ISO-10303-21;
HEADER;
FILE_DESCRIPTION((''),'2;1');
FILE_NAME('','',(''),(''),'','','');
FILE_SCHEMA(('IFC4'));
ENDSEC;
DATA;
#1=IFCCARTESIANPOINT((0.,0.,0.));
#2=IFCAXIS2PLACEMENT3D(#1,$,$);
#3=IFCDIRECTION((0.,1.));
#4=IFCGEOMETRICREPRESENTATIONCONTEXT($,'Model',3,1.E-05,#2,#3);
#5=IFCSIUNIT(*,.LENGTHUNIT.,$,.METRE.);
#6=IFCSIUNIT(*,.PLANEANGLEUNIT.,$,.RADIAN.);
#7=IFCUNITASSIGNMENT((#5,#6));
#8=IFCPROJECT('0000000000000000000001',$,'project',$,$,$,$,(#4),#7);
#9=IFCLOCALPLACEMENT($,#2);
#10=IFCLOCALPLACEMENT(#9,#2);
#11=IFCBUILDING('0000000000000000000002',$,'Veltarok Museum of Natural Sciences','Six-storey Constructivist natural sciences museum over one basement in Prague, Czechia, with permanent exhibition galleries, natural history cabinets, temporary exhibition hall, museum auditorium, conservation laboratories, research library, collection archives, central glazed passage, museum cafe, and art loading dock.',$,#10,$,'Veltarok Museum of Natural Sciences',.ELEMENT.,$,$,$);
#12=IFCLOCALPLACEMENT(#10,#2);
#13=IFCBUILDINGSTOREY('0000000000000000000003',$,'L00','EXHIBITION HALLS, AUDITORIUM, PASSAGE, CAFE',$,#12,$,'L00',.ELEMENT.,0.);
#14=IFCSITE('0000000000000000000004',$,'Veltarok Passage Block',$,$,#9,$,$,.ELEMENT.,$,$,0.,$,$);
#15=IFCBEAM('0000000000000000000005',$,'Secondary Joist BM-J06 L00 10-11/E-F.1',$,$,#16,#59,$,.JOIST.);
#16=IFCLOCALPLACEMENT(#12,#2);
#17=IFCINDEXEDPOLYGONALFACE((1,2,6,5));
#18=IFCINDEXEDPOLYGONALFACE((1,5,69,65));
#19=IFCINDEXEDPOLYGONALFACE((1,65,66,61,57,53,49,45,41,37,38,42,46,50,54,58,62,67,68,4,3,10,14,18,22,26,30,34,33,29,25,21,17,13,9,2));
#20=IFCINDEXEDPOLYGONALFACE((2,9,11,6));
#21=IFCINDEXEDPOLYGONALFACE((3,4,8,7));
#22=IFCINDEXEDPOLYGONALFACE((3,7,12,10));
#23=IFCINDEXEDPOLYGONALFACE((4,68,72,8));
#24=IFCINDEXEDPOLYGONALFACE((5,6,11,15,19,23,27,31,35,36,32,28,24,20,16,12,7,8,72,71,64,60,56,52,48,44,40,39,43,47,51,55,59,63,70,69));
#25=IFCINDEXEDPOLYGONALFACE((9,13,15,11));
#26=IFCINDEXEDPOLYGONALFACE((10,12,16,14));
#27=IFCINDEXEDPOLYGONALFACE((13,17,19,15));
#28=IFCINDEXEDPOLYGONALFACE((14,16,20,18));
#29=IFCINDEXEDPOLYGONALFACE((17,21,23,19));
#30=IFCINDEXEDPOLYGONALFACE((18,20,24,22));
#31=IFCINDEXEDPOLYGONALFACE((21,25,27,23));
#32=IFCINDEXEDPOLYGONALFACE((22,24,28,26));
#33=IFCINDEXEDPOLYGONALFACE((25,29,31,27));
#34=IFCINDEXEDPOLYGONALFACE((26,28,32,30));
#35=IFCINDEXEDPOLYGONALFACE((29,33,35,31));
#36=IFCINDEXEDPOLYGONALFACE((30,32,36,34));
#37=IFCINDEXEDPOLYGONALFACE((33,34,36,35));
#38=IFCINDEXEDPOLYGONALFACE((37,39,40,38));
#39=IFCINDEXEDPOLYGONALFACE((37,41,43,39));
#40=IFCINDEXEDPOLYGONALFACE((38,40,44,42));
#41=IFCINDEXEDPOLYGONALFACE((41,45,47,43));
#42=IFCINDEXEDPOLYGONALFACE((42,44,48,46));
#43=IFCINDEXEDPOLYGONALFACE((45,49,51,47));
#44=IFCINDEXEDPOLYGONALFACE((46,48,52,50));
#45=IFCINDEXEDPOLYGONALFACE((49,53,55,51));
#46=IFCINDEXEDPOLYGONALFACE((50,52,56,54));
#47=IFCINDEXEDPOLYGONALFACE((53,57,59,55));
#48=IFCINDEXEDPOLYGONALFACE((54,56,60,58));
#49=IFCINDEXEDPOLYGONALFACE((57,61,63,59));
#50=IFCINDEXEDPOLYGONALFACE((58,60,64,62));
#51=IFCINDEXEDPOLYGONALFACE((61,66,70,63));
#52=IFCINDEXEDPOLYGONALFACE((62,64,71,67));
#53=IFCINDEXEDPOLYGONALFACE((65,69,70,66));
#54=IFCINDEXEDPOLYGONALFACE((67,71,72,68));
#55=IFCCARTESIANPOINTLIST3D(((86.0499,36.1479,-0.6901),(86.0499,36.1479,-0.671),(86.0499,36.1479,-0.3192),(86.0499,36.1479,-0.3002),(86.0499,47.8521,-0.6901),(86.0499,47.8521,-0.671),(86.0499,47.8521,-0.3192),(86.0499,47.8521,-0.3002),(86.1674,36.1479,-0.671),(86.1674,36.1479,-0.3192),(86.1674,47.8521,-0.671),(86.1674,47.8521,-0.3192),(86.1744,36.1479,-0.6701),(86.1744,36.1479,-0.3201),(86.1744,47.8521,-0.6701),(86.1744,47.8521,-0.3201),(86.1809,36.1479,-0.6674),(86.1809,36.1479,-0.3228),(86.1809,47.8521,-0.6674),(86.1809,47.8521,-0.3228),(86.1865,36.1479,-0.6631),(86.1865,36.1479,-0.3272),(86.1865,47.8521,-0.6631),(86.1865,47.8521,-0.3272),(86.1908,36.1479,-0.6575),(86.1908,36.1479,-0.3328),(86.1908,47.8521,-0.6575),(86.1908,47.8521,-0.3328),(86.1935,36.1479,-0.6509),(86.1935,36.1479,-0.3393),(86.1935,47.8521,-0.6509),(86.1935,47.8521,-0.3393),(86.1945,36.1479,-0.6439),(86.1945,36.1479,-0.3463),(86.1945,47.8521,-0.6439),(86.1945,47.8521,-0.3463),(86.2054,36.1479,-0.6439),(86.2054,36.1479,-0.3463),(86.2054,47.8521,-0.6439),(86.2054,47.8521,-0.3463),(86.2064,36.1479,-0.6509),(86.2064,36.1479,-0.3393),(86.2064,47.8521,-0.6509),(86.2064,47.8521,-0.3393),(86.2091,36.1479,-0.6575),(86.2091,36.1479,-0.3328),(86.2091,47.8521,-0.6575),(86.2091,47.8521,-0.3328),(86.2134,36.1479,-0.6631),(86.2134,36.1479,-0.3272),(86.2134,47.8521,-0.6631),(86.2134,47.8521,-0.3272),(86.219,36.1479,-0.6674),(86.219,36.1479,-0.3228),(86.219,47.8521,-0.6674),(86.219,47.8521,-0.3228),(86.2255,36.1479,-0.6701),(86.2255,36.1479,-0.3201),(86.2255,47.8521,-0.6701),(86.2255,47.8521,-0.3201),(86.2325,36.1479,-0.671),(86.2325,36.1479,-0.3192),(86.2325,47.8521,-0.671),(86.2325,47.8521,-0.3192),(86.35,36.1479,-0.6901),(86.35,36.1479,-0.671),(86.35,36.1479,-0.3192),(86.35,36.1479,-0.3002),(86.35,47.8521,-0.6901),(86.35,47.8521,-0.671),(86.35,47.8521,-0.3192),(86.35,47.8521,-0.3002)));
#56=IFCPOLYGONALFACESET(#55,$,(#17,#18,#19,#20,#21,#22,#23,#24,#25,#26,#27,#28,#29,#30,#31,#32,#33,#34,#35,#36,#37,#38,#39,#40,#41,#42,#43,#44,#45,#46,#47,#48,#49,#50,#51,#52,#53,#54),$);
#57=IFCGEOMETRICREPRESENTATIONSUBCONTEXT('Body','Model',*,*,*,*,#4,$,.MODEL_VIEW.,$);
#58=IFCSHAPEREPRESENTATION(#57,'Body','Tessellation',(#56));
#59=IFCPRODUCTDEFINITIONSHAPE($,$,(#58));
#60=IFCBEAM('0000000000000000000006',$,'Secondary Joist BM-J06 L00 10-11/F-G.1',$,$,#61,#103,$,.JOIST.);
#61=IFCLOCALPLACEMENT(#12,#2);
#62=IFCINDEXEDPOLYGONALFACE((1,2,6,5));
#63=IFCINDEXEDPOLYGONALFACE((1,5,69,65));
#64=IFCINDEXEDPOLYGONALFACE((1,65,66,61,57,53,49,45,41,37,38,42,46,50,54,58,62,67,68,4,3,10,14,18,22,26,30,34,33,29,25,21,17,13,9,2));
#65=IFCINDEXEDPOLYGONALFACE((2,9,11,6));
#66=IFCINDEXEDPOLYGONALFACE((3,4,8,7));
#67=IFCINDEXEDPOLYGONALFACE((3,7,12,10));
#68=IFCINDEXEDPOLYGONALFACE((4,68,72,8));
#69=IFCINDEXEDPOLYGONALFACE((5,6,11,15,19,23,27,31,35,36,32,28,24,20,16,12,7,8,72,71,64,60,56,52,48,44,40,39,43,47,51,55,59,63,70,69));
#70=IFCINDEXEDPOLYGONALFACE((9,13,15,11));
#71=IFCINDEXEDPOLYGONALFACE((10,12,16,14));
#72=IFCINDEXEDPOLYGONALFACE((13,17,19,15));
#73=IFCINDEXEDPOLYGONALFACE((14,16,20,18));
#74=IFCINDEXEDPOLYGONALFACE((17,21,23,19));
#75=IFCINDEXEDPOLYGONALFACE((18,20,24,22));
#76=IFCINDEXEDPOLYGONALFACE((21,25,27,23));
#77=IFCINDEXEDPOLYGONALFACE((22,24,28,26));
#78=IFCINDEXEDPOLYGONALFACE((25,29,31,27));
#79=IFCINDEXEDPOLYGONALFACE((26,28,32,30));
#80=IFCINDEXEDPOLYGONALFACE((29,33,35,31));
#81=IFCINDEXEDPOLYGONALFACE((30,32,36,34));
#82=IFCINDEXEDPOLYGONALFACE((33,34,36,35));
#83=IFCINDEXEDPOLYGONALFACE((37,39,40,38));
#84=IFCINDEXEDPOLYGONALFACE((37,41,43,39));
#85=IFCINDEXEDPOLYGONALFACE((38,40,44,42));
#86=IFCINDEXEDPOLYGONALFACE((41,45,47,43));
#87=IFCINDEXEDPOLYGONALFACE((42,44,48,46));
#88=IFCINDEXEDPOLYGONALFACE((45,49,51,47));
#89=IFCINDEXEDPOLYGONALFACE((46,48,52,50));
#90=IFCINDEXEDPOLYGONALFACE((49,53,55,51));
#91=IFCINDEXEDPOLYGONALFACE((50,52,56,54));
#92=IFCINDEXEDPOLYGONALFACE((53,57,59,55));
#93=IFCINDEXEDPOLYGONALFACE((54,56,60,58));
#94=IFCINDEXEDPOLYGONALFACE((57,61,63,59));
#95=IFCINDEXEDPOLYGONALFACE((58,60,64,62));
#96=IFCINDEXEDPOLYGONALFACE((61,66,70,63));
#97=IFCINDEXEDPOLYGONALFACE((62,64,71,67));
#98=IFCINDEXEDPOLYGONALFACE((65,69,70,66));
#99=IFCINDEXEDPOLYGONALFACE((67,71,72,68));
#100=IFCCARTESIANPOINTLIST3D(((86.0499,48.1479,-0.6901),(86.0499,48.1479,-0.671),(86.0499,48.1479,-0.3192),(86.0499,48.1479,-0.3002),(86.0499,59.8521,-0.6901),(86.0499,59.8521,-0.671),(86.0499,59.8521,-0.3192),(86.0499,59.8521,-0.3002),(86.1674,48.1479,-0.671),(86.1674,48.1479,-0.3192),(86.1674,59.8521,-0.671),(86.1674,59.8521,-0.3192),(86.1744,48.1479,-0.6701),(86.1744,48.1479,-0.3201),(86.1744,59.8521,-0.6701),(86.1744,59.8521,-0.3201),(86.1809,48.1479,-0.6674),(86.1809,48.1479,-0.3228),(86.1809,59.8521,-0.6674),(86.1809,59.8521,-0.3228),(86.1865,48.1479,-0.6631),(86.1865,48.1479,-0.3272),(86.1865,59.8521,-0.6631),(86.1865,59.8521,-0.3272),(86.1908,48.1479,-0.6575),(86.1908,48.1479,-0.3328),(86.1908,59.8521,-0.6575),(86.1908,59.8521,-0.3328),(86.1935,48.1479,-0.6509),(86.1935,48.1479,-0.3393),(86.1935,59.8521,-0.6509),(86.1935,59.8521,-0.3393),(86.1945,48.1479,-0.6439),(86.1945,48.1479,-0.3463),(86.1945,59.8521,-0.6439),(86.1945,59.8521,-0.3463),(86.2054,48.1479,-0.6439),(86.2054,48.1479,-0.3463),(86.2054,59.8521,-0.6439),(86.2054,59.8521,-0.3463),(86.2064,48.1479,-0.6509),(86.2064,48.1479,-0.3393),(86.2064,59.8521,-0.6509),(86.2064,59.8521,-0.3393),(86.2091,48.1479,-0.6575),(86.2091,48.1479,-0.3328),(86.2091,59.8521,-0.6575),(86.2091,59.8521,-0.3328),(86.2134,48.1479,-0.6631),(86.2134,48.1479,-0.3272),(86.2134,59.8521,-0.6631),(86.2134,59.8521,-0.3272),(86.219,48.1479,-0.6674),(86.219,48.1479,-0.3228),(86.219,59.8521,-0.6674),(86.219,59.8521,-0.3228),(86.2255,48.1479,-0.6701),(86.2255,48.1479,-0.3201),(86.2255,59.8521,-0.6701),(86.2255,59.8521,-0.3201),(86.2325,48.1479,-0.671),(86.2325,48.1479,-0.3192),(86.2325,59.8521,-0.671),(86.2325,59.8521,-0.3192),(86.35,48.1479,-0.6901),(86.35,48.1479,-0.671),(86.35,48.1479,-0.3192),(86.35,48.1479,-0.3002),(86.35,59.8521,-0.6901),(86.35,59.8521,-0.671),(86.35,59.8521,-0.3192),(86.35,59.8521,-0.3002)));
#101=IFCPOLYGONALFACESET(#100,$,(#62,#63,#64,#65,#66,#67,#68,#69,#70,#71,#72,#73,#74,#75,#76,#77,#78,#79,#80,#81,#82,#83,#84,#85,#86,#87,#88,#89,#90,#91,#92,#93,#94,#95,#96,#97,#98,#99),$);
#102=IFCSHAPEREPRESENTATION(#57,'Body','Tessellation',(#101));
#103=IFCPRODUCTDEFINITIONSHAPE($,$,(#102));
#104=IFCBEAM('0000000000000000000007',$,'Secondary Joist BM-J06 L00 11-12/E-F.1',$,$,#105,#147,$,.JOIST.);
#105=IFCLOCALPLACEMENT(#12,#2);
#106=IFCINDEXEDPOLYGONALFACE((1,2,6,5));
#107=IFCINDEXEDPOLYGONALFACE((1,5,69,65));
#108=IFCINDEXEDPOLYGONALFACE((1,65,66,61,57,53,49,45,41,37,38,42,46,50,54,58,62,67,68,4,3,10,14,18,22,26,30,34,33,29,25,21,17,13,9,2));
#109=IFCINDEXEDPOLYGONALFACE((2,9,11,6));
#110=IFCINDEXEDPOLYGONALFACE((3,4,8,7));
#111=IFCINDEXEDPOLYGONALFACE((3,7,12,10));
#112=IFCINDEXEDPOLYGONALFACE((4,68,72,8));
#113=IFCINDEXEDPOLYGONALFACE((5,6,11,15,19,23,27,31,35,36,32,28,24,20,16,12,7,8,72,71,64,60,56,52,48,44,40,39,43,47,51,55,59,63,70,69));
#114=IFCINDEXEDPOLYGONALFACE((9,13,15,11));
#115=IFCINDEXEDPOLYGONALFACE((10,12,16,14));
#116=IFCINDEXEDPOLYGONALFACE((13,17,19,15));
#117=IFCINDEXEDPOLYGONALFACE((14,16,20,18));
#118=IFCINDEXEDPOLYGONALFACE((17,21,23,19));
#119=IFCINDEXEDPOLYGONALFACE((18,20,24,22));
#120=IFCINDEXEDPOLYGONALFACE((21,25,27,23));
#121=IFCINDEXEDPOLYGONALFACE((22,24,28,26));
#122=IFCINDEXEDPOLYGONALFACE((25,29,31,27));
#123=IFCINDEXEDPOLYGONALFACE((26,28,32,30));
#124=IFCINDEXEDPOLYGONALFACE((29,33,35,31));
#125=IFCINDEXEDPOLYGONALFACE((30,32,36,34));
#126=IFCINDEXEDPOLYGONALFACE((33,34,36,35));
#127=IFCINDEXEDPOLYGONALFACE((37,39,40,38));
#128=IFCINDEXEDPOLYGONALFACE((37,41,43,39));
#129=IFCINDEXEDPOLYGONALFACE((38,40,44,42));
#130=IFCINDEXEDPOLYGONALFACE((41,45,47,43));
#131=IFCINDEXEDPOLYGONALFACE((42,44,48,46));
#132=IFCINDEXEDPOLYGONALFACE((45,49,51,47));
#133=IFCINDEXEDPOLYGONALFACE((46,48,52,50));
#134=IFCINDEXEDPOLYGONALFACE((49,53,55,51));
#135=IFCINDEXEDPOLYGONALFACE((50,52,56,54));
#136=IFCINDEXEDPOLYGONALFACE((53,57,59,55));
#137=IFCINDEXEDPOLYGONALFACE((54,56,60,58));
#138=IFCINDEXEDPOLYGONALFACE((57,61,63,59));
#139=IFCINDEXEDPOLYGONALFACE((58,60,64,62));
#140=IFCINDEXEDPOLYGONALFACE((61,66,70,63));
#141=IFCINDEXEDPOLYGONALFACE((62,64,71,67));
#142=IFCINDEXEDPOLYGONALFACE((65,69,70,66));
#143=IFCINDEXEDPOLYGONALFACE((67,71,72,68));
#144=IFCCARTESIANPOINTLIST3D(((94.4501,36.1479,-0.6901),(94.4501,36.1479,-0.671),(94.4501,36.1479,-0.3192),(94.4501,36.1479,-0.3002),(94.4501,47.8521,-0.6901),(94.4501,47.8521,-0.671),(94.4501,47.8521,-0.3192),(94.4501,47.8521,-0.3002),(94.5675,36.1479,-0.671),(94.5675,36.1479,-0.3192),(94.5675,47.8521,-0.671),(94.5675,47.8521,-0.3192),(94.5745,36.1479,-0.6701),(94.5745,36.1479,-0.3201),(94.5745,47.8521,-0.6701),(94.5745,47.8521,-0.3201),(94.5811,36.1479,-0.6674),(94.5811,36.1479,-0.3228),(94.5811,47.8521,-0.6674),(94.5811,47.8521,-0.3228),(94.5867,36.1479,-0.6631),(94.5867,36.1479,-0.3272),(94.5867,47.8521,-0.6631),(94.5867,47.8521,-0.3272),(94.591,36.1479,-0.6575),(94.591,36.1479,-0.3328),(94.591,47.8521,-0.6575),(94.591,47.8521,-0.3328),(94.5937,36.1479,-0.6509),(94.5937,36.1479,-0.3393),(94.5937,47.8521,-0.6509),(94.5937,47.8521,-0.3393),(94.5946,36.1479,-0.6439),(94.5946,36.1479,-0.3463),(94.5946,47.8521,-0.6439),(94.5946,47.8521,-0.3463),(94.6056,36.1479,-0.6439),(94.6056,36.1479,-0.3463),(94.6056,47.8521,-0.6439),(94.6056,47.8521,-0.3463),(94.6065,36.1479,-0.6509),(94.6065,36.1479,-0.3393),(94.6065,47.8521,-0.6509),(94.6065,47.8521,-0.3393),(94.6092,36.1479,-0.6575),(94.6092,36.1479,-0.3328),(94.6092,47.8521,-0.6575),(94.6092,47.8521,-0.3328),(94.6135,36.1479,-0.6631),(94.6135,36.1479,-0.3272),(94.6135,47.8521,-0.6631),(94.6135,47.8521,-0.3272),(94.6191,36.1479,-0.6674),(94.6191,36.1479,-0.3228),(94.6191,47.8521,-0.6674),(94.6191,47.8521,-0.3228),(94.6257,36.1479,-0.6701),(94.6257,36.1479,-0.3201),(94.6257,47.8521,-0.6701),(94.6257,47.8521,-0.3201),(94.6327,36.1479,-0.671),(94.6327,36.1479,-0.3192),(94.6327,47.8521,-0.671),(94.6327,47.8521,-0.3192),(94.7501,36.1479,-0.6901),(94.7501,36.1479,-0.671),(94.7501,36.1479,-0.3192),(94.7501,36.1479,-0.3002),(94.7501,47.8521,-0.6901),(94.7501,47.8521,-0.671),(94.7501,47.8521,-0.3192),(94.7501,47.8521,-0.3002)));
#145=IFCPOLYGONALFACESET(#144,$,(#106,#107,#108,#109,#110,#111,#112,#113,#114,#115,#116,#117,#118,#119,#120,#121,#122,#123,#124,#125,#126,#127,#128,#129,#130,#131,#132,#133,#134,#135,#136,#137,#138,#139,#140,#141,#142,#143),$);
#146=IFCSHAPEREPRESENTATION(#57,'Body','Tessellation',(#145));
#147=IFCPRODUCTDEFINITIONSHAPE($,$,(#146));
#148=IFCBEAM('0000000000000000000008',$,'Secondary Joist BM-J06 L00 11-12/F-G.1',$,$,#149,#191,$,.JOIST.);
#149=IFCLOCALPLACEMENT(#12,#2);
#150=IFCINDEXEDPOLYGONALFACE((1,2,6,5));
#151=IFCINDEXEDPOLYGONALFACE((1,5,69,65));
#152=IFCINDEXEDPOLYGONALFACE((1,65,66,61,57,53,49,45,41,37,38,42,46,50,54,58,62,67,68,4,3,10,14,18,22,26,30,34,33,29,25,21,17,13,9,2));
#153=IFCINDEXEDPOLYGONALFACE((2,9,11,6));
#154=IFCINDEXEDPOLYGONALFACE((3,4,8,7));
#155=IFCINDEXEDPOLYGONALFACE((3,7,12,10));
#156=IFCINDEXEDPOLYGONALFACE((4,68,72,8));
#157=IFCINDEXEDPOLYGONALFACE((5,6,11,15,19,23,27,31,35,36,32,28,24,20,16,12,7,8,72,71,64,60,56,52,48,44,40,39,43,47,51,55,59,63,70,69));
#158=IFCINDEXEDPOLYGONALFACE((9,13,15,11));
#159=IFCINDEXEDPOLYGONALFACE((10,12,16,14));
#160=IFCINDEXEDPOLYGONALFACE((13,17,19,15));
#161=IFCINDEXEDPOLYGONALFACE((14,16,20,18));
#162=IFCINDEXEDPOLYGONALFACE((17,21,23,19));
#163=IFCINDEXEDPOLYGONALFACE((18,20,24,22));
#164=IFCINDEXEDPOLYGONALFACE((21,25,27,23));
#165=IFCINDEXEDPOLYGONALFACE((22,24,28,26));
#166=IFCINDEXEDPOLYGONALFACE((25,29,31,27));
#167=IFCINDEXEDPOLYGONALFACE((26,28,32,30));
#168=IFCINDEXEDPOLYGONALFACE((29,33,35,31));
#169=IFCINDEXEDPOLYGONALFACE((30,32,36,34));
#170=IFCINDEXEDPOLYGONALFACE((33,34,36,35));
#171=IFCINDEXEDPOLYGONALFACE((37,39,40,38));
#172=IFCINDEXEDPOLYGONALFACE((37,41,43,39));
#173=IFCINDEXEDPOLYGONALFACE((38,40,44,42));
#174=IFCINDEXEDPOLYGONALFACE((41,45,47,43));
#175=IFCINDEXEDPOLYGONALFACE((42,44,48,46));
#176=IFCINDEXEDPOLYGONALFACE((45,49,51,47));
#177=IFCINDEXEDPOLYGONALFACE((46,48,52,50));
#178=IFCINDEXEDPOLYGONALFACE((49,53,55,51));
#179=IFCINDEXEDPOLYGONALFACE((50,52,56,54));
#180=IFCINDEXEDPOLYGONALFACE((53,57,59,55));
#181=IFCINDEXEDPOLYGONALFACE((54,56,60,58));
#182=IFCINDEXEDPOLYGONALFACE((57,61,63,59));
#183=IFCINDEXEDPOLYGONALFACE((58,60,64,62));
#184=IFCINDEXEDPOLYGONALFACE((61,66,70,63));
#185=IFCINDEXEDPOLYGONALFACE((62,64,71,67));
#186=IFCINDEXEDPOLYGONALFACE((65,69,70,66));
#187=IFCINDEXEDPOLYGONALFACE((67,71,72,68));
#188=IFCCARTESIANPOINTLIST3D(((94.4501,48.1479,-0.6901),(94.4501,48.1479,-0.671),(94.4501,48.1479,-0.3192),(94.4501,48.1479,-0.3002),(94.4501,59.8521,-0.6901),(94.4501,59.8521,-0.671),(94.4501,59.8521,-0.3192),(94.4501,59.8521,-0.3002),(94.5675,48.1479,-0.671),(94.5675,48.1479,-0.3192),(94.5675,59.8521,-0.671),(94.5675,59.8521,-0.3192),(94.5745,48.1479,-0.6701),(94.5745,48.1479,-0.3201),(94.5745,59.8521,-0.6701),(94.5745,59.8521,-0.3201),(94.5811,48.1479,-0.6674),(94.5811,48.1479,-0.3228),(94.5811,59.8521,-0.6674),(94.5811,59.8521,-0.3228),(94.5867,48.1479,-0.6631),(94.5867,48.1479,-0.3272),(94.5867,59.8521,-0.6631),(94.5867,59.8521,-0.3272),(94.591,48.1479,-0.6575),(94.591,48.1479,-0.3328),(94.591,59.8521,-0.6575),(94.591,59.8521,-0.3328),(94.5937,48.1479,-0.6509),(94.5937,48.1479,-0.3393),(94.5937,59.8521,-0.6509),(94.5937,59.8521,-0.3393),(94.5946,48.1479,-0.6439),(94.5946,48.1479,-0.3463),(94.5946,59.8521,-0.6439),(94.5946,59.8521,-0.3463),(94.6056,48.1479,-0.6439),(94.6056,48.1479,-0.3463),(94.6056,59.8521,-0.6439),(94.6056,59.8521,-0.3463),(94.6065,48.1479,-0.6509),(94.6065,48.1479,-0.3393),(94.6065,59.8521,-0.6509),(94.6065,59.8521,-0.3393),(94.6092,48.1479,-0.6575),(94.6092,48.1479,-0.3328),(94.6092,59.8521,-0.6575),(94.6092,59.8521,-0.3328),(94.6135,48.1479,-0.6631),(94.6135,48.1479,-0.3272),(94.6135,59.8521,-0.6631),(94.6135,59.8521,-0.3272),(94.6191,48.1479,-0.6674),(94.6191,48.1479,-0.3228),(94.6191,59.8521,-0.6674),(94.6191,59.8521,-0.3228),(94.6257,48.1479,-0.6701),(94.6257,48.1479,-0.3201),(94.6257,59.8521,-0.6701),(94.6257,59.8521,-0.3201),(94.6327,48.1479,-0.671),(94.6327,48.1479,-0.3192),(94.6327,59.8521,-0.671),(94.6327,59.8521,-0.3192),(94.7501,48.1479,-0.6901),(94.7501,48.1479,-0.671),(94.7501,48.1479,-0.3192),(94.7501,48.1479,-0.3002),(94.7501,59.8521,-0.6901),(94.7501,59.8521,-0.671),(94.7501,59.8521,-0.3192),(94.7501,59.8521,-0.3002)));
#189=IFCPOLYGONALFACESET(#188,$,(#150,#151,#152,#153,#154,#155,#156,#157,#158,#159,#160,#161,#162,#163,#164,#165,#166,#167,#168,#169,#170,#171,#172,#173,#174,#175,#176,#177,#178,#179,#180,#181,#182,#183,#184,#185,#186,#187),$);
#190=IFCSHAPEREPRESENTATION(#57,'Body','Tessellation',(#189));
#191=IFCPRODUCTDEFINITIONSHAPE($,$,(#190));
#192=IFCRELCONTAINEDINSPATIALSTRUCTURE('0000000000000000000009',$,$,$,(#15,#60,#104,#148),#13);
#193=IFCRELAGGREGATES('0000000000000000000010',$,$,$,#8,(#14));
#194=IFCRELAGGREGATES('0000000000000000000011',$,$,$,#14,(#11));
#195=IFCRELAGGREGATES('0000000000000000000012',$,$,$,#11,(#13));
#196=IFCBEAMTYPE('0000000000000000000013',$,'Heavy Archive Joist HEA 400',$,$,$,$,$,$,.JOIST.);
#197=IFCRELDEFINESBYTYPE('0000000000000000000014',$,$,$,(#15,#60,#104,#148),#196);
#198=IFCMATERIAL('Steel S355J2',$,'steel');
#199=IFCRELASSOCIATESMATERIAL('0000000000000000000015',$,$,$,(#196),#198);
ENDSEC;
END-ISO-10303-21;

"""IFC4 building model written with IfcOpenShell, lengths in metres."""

from ifc_helpers import new_model, si_unit, direction, frame, origin, origin_2d, place, context, subcontext, project, spatial, i_section, extrude, material, material_profile, profile_set, type_object, element, save


model = new_model("IFC4")

# Units and contexts
model_context = context("Model", 3, precision=1e-05, world=origin(), true_north=direction((0.0, 1.0)))
body_context = subcontext(model_context, "Body", "Model", "MODEL_VIEW")
ifc_project = project(units=[si_unit("LENGTHUNIT", "METRE"), si_unit("PLANEANGLEUNIT", "RADIAN")], contexts=[model_context])

# Site, building, storey
site_placement = place(None, origin())
site = spatial("IfcSite", under=ifc_project, at=site_placement, Name="Veltarok Passage Block", CompositionType="ELEMENT", RefElevation=0.0)
building_placement = place(site_placement, origin())
building = spatial("IfcBuilding", under=site, at=building_placement, Name="Veltarok Museum of Natural Sciences", Description="Six-storey Constructivist natural sciences museum over one basement in Prague, Czechia, with permanent exhibition galleries, natural history cabinets, temporary exhibition hall, museum auditorium, conservation laboratories, research library, collection archives, central glazed passage, museum cafe, and art loading dock.", LongName="Veltarok Museum of Natural Sciences", CompositionType="ELEMENT")
storey_placement = place(building_placement, origin())
storey = spatial("IfcBuildingStorey", under=building, at=storey_placement, Name="L00", Description="EXHIBITION HALLS, AUDITORIUM, PASSAGE, CAFE", LongName="L00", CompositionType="ELEMENT", Elevation=0.0)

# Shared definitions
ifc_material_1 = material(Name="Steel S355J2", Category="steel")

# Beams
ifc_material_profile_1 = material_profile(ifc_material_1, i_section(OverallWidth=0.3, OverallDepth=0.3899, WebThickness=0.011, FlangeThickness=0.019, FilletRadius=0.0271, at=origin_2d()), Name="HEA 400")
ifc_profile_set_1 = profile_set([ifc_material_profile_1], Name="Steel S355J2")
beam_type_1 = type_object("IfcBeamType", Name="Heavy Archive Joist HEA 400", PredefinedType="JOIST", material=ifc_profile_set_1)
for number, where, z_axis, x_axis, name in (
    (1, (86.2, 36.1479, -0.4951), (0.0, 1.0, 0.0), (-1.0, 0.0, 0.0), "Secondary Joist BM-J06 L00 10-11/E-F.1"),
    (2, (86.2, 48.1479, -0.4951), (0.0, 1.0, 0.0), (-1.0, 0.0, 0.0), "Secondary Joist BM-J06 L00 10-11/F-G.1"),
    (3, (94.6001, 36.1479, -0.4951), (0.0, 1.0, 0.0), (-1.0, 0.0, 0.0), "Secondary Joist BM-J06 L00 11-12/E-F.1"),
    (4, (94.6001, 48.1479, -0.4951), (0.0, 1.0, 0.0), (-1.0, 0.0, 0.0), "Secondary Joist BM-J06 L00 11-12/F-G.1"),
):
    element("IfcBeam", number, at=place(storey_placement, frame(where, z_axis=z_axis, x_axis=x_axis)), inside=storey, type_object=beam_type_1, Name=name, PredefinedType="JOIST", context=body_context, shape_type="SweptSolid", body=[
        extrude(i_section(OverallWidth=0.3, OverallDepth=0.3899, WebThickness=0.011, FlangeThickness=0.019, FilletRadius=0.0271, at=origin_2d()), origin(), (0.0, 0.0, 1.0), 11.7041),
    ])

save(model, "model.ifc")
